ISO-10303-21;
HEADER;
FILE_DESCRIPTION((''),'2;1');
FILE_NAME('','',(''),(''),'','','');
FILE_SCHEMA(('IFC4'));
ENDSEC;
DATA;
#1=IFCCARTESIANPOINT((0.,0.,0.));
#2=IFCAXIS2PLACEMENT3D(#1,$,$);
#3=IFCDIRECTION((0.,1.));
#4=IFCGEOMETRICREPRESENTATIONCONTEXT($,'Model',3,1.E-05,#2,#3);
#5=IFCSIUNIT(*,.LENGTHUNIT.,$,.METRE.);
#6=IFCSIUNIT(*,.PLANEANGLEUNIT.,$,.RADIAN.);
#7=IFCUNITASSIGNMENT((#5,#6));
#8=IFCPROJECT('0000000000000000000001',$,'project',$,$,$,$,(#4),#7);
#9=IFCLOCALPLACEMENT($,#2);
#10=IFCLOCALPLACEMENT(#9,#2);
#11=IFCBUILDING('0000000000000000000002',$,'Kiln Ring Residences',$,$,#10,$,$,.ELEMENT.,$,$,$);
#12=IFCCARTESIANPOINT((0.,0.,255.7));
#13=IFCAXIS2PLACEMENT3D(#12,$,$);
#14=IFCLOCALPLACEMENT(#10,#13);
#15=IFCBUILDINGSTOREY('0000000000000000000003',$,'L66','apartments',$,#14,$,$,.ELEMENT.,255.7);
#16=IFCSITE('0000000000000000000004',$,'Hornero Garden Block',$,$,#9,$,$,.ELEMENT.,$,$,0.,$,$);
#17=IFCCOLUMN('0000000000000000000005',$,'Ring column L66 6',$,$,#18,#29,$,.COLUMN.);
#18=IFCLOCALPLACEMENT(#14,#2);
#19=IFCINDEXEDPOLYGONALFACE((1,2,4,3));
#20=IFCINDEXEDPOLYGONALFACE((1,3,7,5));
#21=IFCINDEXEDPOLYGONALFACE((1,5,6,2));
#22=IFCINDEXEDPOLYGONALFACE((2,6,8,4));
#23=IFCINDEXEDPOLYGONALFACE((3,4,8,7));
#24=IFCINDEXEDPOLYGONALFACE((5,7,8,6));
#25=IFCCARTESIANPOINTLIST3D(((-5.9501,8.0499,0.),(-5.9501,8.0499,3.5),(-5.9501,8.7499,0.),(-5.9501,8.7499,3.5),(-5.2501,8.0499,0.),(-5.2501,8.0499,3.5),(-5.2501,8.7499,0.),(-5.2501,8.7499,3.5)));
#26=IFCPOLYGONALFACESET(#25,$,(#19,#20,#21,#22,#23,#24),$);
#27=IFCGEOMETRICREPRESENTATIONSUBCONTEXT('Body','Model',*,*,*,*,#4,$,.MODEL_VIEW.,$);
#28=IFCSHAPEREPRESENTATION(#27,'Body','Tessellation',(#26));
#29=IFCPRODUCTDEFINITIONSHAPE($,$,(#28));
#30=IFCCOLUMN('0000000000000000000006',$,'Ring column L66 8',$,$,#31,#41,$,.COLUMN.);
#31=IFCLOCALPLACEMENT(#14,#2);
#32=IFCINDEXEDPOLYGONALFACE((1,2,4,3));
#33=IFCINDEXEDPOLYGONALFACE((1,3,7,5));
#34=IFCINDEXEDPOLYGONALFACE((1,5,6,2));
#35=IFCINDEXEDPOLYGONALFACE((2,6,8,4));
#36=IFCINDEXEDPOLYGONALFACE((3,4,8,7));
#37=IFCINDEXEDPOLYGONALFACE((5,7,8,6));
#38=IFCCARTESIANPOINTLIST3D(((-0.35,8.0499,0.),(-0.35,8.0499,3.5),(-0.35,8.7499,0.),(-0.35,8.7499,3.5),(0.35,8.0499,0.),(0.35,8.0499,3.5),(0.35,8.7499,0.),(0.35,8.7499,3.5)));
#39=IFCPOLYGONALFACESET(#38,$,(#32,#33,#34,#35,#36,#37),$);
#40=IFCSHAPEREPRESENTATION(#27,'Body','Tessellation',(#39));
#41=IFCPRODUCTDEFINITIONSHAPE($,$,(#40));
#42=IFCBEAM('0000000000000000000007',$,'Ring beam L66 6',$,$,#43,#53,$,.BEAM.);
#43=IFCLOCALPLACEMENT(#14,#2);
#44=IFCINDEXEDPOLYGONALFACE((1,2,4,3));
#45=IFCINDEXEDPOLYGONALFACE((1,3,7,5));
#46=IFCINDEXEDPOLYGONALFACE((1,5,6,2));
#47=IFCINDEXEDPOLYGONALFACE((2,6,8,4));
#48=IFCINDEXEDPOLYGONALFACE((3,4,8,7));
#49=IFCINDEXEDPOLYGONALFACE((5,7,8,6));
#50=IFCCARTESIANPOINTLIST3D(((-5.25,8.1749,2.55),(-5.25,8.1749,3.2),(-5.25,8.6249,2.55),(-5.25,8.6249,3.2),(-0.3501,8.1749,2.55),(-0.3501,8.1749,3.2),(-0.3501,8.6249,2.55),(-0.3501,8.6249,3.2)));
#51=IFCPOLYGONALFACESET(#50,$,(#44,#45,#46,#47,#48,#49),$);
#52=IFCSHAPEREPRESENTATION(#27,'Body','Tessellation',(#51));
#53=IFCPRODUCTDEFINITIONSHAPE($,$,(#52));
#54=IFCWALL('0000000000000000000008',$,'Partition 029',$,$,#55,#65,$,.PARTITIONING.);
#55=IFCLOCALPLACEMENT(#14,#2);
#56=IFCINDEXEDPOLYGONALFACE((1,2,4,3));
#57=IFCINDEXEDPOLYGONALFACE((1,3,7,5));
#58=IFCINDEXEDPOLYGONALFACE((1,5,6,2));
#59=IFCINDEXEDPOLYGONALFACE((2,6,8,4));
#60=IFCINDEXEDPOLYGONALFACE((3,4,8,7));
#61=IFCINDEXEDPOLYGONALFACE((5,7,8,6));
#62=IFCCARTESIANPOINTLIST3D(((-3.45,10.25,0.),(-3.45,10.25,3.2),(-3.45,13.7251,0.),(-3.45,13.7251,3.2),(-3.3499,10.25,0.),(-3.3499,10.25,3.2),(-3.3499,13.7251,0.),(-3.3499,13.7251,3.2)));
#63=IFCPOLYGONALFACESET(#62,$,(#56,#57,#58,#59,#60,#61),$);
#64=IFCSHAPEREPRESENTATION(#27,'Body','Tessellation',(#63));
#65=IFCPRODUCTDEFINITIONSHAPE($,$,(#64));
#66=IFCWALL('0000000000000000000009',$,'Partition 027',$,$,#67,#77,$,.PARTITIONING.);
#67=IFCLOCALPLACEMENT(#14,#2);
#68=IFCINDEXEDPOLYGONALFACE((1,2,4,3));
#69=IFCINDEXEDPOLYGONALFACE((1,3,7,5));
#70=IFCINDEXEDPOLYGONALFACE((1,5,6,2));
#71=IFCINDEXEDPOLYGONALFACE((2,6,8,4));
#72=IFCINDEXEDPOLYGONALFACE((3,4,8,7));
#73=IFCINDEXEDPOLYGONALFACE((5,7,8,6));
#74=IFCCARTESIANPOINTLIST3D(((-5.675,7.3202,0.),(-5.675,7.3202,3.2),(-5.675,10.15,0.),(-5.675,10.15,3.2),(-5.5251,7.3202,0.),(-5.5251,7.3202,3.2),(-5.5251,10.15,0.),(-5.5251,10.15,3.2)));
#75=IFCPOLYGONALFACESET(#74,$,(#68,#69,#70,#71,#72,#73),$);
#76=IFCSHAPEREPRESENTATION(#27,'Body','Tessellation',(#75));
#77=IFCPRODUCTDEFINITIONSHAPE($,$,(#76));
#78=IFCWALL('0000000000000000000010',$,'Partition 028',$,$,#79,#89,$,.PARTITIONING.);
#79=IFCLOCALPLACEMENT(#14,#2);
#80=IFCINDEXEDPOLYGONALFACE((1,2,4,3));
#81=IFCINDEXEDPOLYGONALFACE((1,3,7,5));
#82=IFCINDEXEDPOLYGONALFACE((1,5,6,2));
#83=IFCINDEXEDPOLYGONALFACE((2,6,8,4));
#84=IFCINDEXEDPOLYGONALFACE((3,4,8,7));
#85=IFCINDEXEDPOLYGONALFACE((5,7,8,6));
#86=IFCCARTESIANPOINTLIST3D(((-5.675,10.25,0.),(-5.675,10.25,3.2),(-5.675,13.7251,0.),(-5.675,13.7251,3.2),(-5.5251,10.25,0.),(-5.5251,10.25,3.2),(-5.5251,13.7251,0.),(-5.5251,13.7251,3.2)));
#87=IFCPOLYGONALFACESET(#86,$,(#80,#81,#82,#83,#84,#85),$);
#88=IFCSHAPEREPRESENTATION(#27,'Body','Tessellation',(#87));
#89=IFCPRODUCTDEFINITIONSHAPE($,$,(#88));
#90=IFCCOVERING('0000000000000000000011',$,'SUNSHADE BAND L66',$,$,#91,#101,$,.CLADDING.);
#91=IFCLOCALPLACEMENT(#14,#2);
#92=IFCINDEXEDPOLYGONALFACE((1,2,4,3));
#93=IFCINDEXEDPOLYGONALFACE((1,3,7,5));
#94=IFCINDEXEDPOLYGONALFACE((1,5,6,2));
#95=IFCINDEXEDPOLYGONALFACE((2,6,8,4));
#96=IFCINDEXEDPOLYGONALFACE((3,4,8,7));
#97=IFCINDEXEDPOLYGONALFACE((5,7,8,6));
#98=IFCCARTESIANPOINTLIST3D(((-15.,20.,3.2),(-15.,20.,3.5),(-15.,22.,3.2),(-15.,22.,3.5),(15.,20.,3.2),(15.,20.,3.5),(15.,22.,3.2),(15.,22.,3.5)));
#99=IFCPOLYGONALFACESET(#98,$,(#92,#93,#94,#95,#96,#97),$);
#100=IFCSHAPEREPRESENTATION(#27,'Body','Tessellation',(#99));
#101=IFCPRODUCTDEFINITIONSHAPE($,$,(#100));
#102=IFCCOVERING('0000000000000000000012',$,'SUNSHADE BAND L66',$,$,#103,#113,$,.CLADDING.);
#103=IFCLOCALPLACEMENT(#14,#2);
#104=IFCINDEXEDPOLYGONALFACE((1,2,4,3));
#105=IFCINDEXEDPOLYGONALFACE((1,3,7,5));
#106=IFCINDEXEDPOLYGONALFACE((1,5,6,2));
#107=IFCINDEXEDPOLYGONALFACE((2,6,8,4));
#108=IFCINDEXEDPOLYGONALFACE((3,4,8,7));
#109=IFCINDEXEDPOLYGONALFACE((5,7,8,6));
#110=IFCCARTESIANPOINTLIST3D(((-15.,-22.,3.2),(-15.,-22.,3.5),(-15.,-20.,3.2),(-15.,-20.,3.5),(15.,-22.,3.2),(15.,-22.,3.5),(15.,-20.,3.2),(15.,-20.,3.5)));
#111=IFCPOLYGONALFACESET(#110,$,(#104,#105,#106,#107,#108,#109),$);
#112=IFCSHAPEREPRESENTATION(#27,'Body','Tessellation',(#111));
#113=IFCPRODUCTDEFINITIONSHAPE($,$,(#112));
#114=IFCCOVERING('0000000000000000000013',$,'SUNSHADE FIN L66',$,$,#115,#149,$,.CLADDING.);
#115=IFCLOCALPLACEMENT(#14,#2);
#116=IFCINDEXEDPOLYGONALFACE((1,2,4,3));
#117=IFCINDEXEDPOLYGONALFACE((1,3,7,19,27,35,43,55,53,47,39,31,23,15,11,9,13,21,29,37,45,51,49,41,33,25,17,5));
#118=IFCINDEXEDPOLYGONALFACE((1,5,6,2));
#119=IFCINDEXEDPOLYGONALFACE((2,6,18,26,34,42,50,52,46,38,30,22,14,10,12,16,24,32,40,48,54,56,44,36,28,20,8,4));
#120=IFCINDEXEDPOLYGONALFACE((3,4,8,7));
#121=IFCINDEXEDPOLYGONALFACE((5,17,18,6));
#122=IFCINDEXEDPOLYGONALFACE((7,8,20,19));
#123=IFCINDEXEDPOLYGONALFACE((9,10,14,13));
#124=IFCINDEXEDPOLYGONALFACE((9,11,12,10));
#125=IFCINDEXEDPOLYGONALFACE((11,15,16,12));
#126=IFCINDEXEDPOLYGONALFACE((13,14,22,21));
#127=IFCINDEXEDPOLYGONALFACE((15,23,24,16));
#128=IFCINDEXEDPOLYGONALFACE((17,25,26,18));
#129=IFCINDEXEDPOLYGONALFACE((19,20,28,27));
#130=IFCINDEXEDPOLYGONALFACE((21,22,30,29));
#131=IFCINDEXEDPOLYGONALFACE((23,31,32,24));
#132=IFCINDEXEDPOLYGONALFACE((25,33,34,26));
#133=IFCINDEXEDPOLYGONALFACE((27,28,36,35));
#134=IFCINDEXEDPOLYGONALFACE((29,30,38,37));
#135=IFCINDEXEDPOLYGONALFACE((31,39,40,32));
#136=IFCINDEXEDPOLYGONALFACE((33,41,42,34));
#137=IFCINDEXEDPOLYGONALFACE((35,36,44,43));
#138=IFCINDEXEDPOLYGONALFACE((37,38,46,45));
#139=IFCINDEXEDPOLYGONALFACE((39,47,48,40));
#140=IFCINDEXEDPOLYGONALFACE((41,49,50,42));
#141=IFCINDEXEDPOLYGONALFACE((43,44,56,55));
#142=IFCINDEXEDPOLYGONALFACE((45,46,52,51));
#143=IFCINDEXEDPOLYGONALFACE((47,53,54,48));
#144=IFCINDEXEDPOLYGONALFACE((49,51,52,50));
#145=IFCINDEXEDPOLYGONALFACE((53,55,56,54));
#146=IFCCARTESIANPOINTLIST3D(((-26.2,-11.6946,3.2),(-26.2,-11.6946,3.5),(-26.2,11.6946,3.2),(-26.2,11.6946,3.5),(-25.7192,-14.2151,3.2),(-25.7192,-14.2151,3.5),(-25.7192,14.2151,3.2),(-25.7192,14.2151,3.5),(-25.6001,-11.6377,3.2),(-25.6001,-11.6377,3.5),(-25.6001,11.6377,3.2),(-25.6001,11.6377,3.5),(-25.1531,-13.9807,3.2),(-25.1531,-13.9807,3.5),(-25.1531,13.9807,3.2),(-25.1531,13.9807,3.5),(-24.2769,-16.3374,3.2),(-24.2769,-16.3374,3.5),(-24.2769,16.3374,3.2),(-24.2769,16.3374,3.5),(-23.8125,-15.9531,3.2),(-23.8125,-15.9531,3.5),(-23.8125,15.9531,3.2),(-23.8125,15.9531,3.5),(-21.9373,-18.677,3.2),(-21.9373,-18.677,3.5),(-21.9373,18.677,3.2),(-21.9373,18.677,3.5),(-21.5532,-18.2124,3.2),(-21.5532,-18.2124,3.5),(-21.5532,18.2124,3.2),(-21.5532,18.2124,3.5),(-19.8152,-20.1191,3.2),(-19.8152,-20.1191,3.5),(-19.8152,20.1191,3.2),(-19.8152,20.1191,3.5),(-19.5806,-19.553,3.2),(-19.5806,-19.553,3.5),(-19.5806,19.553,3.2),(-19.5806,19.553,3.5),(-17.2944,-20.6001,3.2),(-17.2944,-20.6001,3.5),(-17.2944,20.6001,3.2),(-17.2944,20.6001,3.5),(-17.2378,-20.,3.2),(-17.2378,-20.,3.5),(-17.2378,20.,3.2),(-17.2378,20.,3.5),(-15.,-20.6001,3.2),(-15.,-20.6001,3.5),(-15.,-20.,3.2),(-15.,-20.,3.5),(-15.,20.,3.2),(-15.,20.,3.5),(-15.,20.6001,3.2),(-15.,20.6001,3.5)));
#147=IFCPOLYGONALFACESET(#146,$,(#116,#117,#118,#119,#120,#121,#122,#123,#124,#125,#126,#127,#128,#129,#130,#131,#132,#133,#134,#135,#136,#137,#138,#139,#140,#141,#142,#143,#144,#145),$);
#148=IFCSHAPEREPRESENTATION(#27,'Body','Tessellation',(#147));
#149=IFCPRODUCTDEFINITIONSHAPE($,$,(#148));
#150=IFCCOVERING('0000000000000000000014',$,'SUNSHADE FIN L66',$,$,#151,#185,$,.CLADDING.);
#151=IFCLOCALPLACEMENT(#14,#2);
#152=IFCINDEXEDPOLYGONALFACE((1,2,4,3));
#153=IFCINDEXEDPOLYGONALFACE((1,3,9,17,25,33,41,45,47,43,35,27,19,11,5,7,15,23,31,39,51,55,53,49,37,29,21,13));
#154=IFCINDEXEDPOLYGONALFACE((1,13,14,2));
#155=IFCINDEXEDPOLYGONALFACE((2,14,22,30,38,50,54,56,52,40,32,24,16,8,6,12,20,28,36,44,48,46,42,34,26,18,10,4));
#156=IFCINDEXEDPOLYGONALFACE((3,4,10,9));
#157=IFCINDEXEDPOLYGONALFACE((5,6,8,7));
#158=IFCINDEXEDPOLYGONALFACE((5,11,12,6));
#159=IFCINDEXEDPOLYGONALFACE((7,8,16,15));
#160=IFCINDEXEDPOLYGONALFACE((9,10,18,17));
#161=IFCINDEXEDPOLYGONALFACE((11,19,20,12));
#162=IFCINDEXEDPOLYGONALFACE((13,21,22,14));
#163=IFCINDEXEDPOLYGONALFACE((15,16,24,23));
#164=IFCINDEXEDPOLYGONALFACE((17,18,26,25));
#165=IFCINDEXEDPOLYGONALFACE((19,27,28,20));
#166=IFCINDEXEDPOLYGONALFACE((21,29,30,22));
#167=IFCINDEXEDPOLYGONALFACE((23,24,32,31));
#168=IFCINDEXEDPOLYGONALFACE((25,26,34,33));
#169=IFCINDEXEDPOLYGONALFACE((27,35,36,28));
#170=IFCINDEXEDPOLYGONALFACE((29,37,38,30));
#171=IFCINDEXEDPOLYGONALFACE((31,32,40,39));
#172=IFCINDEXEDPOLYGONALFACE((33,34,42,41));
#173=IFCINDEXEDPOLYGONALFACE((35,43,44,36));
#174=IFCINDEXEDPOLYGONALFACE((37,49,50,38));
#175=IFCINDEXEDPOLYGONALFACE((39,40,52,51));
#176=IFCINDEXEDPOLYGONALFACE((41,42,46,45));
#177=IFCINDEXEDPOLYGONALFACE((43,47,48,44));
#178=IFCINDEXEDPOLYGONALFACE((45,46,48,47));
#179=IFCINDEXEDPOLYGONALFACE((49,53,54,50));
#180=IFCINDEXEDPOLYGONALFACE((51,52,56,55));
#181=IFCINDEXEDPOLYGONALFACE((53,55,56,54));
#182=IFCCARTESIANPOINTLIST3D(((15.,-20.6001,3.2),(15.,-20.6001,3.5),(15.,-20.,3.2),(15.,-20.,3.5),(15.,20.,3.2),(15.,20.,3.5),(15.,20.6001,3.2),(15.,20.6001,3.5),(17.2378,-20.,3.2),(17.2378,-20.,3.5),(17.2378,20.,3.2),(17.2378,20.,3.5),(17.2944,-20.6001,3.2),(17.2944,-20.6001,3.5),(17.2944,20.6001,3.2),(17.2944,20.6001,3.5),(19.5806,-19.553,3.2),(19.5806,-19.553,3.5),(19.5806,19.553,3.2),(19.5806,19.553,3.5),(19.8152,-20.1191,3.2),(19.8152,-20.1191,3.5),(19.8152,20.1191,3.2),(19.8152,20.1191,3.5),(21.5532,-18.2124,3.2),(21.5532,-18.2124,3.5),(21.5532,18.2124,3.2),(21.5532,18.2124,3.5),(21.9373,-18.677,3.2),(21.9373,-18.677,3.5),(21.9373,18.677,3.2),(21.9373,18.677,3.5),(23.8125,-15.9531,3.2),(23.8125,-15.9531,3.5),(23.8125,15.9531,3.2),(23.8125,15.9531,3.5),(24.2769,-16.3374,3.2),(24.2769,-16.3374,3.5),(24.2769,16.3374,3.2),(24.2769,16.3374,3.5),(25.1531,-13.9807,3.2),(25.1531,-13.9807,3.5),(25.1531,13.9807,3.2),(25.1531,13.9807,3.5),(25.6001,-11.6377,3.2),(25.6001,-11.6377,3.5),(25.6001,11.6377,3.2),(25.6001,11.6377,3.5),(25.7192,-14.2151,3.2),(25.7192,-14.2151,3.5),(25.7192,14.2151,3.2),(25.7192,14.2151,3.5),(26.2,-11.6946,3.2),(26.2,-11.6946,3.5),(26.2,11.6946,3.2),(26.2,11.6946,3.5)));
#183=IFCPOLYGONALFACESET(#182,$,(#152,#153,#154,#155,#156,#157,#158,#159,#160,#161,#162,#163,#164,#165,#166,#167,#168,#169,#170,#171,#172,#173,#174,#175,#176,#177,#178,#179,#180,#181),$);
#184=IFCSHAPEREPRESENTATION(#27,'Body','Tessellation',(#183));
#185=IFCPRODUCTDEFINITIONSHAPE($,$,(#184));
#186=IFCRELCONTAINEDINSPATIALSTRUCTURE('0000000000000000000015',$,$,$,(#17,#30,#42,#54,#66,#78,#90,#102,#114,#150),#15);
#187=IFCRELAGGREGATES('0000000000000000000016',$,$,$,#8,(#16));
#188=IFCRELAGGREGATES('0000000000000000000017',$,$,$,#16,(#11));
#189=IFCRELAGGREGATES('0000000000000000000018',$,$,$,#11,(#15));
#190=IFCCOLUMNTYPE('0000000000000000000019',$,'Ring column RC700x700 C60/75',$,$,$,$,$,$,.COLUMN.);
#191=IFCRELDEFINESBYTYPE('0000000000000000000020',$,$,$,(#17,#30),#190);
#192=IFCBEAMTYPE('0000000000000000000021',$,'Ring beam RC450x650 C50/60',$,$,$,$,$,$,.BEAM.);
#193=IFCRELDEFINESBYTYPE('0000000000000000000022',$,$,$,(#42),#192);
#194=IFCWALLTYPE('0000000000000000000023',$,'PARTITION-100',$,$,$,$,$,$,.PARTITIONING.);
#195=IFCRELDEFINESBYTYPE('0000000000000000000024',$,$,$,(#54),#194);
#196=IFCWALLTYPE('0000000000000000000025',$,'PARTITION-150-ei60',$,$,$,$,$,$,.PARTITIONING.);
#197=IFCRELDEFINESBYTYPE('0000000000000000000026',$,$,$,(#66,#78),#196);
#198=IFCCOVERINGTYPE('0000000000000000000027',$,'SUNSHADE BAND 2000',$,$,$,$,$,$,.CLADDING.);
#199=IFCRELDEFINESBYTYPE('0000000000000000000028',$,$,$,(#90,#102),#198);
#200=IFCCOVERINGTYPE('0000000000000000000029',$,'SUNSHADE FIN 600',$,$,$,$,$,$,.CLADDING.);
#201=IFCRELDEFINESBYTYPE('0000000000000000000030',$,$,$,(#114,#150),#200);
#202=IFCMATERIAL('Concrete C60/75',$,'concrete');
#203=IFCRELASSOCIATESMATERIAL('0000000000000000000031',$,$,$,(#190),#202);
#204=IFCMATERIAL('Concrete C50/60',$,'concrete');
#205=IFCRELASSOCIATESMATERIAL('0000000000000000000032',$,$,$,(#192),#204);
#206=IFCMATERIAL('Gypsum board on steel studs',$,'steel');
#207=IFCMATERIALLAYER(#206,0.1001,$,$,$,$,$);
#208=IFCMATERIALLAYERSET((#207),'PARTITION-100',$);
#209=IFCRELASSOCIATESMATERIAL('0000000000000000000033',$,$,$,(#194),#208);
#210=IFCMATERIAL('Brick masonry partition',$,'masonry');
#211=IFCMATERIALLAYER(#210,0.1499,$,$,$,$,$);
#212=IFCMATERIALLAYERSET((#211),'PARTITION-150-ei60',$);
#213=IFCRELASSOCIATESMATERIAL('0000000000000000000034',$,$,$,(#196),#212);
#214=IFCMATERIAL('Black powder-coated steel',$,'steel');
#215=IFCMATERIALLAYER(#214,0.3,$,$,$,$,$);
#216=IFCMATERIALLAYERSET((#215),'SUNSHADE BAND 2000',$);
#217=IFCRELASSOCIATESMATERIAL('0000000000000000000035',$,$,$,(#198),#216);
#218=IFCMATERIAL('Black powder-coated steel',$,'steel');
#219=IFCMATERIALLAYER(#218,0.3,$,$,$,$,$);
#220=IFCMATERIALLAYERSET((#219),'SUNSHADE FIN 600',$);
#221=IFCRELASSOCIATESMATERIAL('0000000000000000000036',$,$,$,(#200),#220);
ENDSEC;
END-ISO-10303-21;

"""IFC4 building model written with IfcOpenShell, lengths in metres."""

from ifc_helpers import new_model, si_unit, direction, frame, frame_2d, origin, origin_2d, place, context, subcontext, project, spatial, polyline, rectangle, outline, extrude, material, layer, layer_set, material_profile, profile_set, type_object, element, save


model = new_model("IFC4")

# Units and contexts
model_context = context("Model", 3, precision=1e-05, world=origin(), true_north=direction((0.0, 1.0)))
body_context = subcontext(model_context, "Body", "Model", "MODEL_VIEW")
ifc_project = project(units=[si_unit("LENGTHUNIT", "METRE"), si_unit("PLANEANGLEUNIT", "RADIAN")], contexts=[model_context])

# Site, building, storey
site_placement = place(None, origin())
site = spatial("IfcSite", under=ifc_project, at=site_placement, Name="Hornero Garden Block", CompositionType="ELEMENT", RefElevation=0.0)
building_placement = place(site_placement, origin())
building = spatial("IfcBuilding", under=site, at=building_placement, Name="Kiln Ring Residences", CompositionType="ELEMENT")
storey_placement = place(building_placement, frame((0.0, 0.0, 255.7)))
storey = spatial("IfcBuildingStorey", under=building, at=storey_placement, Name="L66", Description="apartments", CompositionType="ELEMENT", Elevation=255.7)

# Columns
ifc_material_1 = material(Name="Concrete C60/75", Category="concrete")
ifc_material_profile_1 = material_profile(ifc_material_1, rectangle(XDim=0.7, YDim=0.7, at=origin_2d()), Name="RC700x700")
ifc_profile_set_1 = profile_set([ifc_material_profile_1], Name="Concrete C60/75")
column_type = type_object("IfcColumnType", Name="Ring column RC700x700 C60/75", PredefinedType="COLUMN", material=ifc_profile_set_1)
for number, where, z_axis, x_axis, name in (
    (1, (-5.6001, 8.3999, 0.0), (0.0, 0.0, 1.0), (1.0, 0.0, 0.0), "Ring column L66 6"),
    (2, (0.0, 8.3999, 0.0), (0.0, 0.0, 1.0), (1.0, 0.0, 0.0), "Ring column L66 8"),
):
    element("IfcColumn", number, at=place(storey_placement, frame(where, z_axis=z_axis, x_axis=x_axis)), inside=storey, type_object=column_type, Name=name, PredefinedType="COLUMN", context=body_context, shape_type="SweptSolid", body=[
        extrude(rectangle(XDim=0.7, YDim=0.7, at=origin_2d()), origin(), (0.0, 0.0, 1.0), 3.5),
    ])

# Beam
ifc_material_2 = material(Name="Concrete C50/60", Category="concrete")
ifc_material_profile_2 = material_profile(ifc_material_2, rectangle(XDim=0.45, YDim=0.6499, at=origin_2d()), Name="RC450x650")
ifc_profile_set_2 = profile_set([ifc_material_profile_2], Name="Concrete C50/60")
beam_type = type_object("IfcBeamType", Name="Ring beam RC450x650 C50/60", PredefinedType="BEAM", material=ifc_profile_set_2)
beam_placement = place(storey_placement, frame((-5.25, 8.3999, 2.875), z_axis=(1.0, 0.0, 0.0), x_axis=(0.0, 1.0, 0.0)))
element("IfcBeam", 3, at=beam_placement, inside=storey, type_object=beam_type, Name="Ring beam L66 6", PredefinedType="BEAM", context=body_context, shape_type="SweptSolid", body=[
    extrude(rectangle(XDim=0.45, YDim=0.6499, at=origin_2d()), origin(), (0.0, 0.0, 1.0), 4.8999),
])

# Walls
ifc_material_3 = material(Name="Gypsum board on steel studs", Category="steel")
ifc_layer_1 = layer(ifc_material_3, 0.1001)
ifc_layer_set_1 = layer_set([ifc_layer_1], Name="PARTITION-100")
wall_type_1 = type_object("IfcWallType", Name="PARTITION-100", PredefinedType="PARTITIONING", material=ifc_layer_set_1)
wall_1_placement = place(storey_placement, frame((-3.3999, 10.25, 0.0), z_axis=(0.0, 0.0, 1.0), x_axis=(0.0, 1.0, 0.0)))
element("IfcWall", 4, at=wall_1_placement, inside=storey, type_object=wall_type_1, Name="Partition 029", PredefinedType="PARTITIONING", context=body_context, shape_type="SweptSolid", body=[
    extrude(rectangle(XDim=3.4751, YDim=0.1001, at=frame_2d((1.7375, 0.0))), origin(), (0.0, 0.0, 1.0), 3.2),
])
ifc_material_4 = material(Name="Brick masonry partition", Category="masonry")
ifc_layer_2 = layer(ifc_material_4, 0.1499)
ifc_layer_set_2 = layer_set([ifc_layer_2], Name="PARTITION-150-ei60")
wall_type_2 = type_object("IfcWallType", Name="PARTITION-150-ei60", PredefinedType="PARTITIONING", material=ifc_layer_set_2)
wall_2_placement = place(storey_placement, frame((-5.6001, 7.3201, 0.0), z_axis=(0.0, 0.0, 1.0), x_axis=(0.0, 1.0, 0.0)))
element("IfcWall", 5, at=wall_2_placement, inside=storey, type_object=wall_type_2, Name="Partition 027", PredefinedType="PARTITIONING", context=body_context, shape_type="SweptSolid", body=[
    extrude(rectangle(XDim=2.8298, YDim=0.1499, at=frame_2d((1.415, 0.0))), origin(), (0.0, 0.0, 1.0), 3.2),
])
wall_3_placement = place(storey_placement, frame((-5.6001, 10.25, 0.0), z_axis=(0.0, 0.0, 1.0), x_axis=(0.0, 1.0, 0.0)))
element("IfcWall", 6, at=wall_3_placement, inside=storey, type_object=wall_type_2, Name="Partition 028", PredefinedType="PARTITIONING", context=body_context, shape_type="SweptSolid", body=[
    extrude(rectangle(XDim=3.4751, YDim=0.1499, at=frame_2d((1.7375, 0.0))), origin(), (0.0, 0.0, 1.0), 3.2),
])

# Coverings
ifc_material_5 = material(Name="Black powder-coated steel", Category="steel")
ifc_layer_3 = layer(ifc_material_5, 0.3)
ifc_layer_set_3 = layer_set([ifc_layer_3], Name="SUNSHADE BAND 2000")
covering_type_1 = type_object("IfcCoveringType", Name="SUNSHADE BAND 2000", PredefinedType="CLADDING", material=ifc_layer_set_3)
placement = place(storey_placement, frame((0.0, 0.0, 3.2)))
element("IfcCovering", 7, at=placement, inside=storey, type_object=covering_type_1, Name="SUNSHADE BAND L66", PredefinedType="CLADDING", context=body_context, shape_type="SweptSolid", body=[
    extrude(outline(polyline([(15.0, 22.0), (-15.0, 22.0), (-15.0, 20.0), (15.0, 20.0), (15.0, 22.0)])), origin(), (0.0, 0.0, 1.0), 0.3),
])
element("IfcCovering", 8, at=placement, inside=storey, type_object=covering_type_1, Name="SUNSHADE BAND L66", PredefinedType="CLADDING", context=body_context, shape_type="SweptSolid", body=[
    extrude(outline(polyline([(-15.0, -22.0), (15.0, -22.0), (15.0, -20.0), (-15.0, -20.0), (-15.0, -22.0)])), origin(), (0.0, 0.0, 1.0), 0.3),
])
ifc_material_6 = material(Name="Black powder-coated steel", Category="steel")
ifc_layer_4 = layer(ifc_material_6, 0.3)
ifc_layer_set_4 = layer_set([ifc_layer_4], Name="SUNSHADE FIN 600")
covering_type_2 = type_object("IfcCoveringType", Name="SUNSHADE FIN 600", PredefinedType="CLADDING", material=ifc_layer_set_4)
element("IfcCovering", 9, at=placement, inside=storey, type_object=covering_type_2, Name="SUNSHADE FIN L66", PredefinedType="CLADDING", context=body_context, shape_type="SweptSolid", body=[
    extrude(outline(polyline([(-26.2, -11.6946), (-25.7192, -14.2151), (-24.2769, -16.3374), (-21.9373, -18.677), (-19.8152, -20.1191), (-17.2944, -20.6001), (-15.0, -20.6001), (-15.0, -20.0), (-17.2378, -20.0), (-19.5806, -19.553), (-21.5532, -18.2124), (-23.8125, -15.9531), (-25.1531, -13.9807), (-25.6001, -11.6377), (-25.6001, 11.6377), (-25.1531, 13.9807), (-23.8125, 15.9531), (-21.5532, 18.2124), (-19.5806, 19.553), (-17.2378, 20.0), (-15.0, 20.0), (-15.0, 20.6001), (-17.2944, 20.6001), (-19.8152, 20.1191), (-21.9373, 18.677), (-24.2769, 16.3374), (-25.7192, 14.2151), (-26.2, 11.6946), (-26.2, -11.6946)])), origin(), (0.0, 0.0, 1.0), 0.3),
])
element("IfcCovering", 10, at=placement, inside=storey, type_object=covering_type_2, Name="SUNSHADE FIN L66", PredefinedType="CLADDING", context=body_context, shape_type="SweptSolid", body=[
    extrude(outline(polyline([(17.2944, 20.6001), (15.0, 20.6001), (15.0, 20.0), (17.2378, 20.0), (19.5806, 19.553), (21.5532, 18.2124), (23.8125, 15.9531), (25.1531, 13.9807), (25.6001, 11.6377), (25.6001, -11.6377), (25.1531, -13.9807), (23.8125, -15.9531), (21.5532, -18.2124), (19.5806, -19.553), (17.2378, -20.0), (15.0, -20.0), (15.0, -20.6001), (17.2944, -20.6001), (19.8152, -20.1191), (21.9373, -18.677), (24.2769, -16.3374), (25.7192, -14.2151), (26.2, -11.6946), (26.2, 11.6946), (25.7192, 14.2151), (24.2769, 16.3374), (21.9373, 18.677), (19.8152, 20.1191), (17.2944, 20.6001)])), origin(), (0.0, 0.0, 1.0), 0.3),
])

save(model, "model.ifc")
